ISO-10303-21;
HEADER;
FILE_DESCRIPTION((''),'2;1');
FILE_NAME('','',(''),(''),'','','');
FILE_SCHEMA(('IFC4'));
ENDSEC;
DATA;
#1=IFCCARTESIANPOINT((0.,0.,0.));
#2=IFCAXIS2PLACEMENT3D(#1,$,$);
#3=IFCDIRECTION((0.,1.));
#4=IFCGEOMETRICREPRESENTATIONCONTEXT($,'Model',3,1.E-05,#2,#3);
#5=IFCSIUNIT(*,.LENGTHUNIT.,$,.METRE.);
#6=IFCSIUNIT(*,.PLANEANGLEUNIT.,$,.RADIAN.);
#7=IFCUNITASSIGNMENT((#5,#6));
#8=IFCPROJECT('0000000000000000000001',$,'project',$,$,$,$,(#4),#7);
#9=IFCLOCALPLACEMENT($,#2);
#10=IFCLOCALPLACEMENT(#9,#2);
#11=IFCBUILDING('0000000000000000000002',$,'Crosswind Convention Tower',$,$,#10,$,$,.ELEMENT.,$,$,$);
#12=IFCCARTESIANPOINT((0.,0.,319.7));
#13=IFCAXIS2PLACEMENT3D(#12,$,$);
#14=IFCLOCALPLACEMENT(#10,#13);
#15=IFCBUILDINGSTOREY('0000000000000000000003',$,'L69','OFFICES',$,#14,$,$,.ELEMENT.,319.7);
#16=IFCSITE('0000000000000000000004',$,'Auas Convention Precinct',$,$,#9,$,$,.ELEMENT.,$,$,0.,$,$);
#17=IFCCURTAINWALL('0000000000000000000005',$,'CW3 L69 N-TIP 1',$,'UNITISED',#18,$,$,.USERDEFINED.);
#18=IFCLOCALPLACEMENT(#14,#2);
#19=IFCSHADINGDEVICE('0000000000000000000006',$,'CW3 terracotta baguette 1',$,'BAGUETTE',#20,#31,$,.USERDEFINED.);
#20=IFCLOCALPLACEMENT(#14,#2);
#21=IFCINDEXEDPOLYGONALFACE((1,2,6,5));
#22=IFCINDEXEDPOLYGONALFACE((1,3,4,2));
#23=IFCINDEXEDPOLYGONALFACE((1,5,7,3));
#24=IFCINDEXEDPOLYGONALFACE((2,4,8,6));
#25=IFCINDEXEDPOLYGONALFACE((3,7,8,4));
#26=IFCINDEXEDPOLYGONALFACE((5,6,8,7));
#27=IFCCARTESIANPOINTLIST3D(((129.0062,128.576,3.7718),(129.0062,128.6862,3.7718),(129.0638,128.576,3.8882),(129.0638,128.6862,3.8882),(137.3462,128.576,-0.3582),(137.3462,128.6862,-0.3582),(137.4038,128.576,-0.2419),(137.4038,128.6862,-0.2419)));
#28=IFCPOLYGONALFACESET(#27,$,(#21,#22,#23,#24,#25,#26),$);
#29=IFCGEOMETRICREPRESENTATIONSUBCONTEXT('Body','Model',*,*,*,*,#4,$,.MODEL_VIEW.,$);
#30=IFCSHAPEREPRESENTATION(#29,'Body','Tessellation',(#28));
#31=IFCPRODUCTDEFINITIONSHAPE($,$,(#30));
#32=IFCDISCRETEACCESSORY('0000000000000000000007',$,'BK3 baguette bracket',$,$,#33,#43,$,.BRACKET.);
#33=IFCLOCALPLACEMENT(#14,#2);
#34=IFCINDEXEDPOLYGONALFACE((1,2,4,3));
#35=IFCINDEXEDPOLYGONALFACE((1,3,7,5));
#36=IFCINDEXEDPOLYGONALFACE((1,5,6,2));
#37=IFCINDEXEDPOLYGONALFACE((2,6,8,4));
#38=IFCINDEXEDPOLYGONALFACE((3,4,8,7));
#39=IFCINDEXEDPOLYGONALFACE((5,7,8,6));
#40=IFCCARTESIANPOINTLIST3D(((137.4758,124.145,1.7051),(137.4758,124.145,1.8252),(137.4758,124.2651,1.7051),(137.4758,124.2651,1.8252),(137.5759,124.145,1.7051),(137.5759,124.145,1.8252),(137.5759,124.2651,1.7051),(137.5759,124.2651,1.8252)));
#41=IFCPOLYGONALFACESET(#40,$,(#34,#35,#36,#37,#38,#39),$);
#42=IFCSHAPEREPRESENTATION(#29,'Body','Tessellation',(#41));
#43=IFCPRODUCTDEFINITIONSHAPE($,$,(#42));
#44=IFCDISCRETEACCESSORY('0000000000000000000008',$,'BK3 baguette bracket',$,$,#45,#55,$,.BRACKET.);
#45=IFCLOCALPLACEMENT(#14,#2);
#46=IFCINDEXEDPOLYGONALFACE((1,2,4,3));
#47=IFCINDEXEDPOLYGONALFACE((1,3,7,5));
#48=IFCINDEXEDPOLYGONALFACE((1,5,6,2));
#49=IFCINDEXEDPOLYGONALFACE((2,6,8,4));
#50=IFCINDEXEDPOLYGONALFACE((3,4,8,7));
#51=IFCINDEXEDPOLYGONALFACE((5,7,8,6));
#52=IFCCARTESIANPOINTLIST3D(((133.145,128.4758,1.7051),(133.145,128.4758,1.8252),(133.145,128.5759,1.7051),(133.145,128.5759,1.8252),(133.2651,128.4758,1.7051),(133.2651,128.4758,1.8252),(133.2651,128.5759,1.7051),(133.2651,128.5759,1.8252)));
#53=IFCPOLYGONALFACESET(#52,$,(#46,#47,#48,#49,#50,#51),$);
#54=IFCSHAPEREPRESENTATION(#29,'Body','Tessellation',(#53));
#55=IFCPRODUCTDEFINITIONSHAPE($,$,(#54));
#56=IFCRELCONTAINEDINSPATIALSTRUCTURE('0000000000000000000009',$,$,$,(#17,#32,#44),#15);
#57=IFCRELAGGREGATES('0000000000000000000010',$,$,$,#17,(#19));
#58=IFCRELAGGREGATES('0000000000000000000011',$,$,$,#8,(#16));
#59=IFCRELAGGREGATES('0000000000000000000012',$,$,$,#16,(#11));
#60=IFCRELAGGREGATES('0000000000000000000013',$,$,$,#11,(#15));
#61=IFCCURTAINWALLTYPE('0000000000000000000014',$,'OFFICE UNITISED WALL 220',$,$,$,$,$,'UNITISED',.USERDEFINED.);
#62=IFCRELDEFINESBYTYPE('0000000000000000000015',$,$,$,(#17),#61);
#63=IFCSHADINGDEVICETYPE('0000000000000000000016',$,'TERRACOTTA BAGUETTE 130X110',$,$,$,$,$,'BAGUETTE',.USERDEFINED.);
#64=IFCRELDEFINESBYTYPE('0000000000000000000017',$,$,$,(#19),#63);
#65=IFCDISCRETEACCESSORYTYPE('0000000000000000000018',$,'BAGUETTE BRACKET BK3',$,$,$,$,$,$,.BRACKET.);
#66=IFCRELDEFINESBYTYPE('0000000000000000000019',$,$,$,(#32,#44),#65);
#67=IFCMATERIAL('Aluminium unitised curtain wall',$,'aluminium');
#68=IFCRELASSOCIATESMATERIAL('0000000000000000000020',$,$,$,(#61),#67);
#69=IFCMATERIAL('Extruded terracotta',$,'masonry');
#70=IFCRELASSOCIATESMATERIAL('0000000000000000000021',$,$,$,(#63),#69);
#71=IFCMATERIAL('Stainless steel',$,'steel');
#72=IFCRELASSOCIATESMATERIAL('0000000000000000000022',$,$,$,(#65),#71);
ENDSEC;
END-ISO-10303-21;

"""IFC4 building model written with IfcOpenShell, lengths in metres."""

from ifc_helpers import new_model, si_unit, direction, frame, origin, origin_2d, place, context, subcontext, project, spatial, rectangle, extrude, material, material_profile, profile_set, type_object, element, aggregate, save


model = new_model("IFC4")

# Units and contexts
model_context = context("Model", 3, precision=1e-05, world=origin(), true_north=direction((0.0, 1.0)))
body_context = subcontext(model_context, "Body", "Model", "MODEL_VIEW")
ifc_project = project(units=[si_unit("LENGTHUNIT", "METRE"), si_unit("PLANEANGLEUNIT", "RADIAN")], contexts=[model_context])

# Site, building, storey
site_placement = place(None, origin())
site = spatial("IfcSite", under=ifc_project, at=site_placement, Name="Auas Convention Precinct", CompositionType="ELEMENT", RefElevation=0.0)
building_placement = place(site_placement, origin())
building = spatial("IfcBuilding", under=site, at=building_placement, Name="Crosswind Convention Tower", CompositionType="ELEMENT")
storey_placement = place(building_placement, frame((0.0, 0.0, 319.7)))
storey = spatial("IfcBuildingStorey", under=building, at=storey_placement, Name="L69", Description="OFFICES", CompositionType="ELEMENT", Elevation=319.7)

# Shared definitions
ifc_material_1 = material(Name="Aluminium unitised curtain wall", Category="aluminium")
curtain_wall_type_1 = type_object("IfcCurtainWallType", Name="OFFICE UNITISED WALL 220", ElementType="UNITISED", PredefinedType="USERDEFINED", material=ifc_material_1)

# Curtain wall
curtain_wall_1_placement = place(storey_placement, origin())
curtain_wall_1 = element("IfcCurtainWall", 1, at=curtain_wall_1_placement, inside=storey, type_object=curtain_wall_type_1, Name="CW3 L69 N-TIP 1", ObjectType="UNITISED", PredefinedType="USERDEFINED")

# Shading device
ifc_material_2 = material(Name="Extruded terracotta", Category="masonry")
ifc_material_profile_1 = material_profile(ifc_material_2, rectangle(XDim=0.1101, YDim=0.1299, at=origin_2d()), Name="TC 110X130")
ifc_profile_set_1 = profile_set([ifc_material_profile_1], Name="Extruded terracotta")
shading_device_type = type_object("IfcShadingDeviceType", Name="TERRACOTTA BAGUETTE 130X110", ElementType="BAGUETTE", PredefinedType="USERDEFINED", material=ifc_profile_set_1)
shading_device_1_placement = place(storey_placement, frame((137.375, 128.6311, -0.3), z_axis=(-0.896136, 0.0, 0.443779), x_axis=(0.0, -1.0, 0.0)))
shading_device_1 = element("IfcShadingDevice", 2, at=shading_device_1_placement, type_object=shading_device_type, Name="CW3 terracotta baguette 1", ObjectType="BAGUETTE", PredefinedType="USERDEFINED", context=body_context, shape_type="SweptSolid", body=[
    extrude(rectangle(XDim=0.1101, YDim=0.1299, at=origin_2d()), origin(), (0.0, 0.0, 1.0), 9.3066),
])
aggregate(curtain_wall_1, [shading_device_1])

# Discrete accessories
ifc_material_3 = material(Name="Stainless steel", Category="steel")
discrete_accessory_type = type_object("IfcDiscreteAccessoryType", Name="BAGUETTE BRACKET BK3", PredefinedType="BRACKET", material=ifc_material_3)
for number, where, z_axis, x_axis, name in (
    (3, (137.5259, 124.2051, 1.7051), (0.0, 0.0, 1.0), (0.0, 1.0, 0.0), "BK3 baguette bracket"),
    (4, (133.2051, 128.5259, 1.7051), (0.0, 0.0, 1.0), (-1.0, 0.0, 0.0), "BK3 baguette bracket"),
):
    element("IfcDiscreteAccessory", number, at=place(storey_placement, frame(where, z_axis=z_axis, x_axis=x_axis)), inside=storey, type_object=discrete_accessory_type, Name=name, PredefinedType="BRACKET", context=body_context, shape_type="SweptSolid", body=[
        extrude(rectangle(XDim=0.1201, YDim=0.1001, at=origin_2d()), origin(), (0.0, 0.0, 1.0), 0.1201),
    ])

save(model, "model.ifc")
